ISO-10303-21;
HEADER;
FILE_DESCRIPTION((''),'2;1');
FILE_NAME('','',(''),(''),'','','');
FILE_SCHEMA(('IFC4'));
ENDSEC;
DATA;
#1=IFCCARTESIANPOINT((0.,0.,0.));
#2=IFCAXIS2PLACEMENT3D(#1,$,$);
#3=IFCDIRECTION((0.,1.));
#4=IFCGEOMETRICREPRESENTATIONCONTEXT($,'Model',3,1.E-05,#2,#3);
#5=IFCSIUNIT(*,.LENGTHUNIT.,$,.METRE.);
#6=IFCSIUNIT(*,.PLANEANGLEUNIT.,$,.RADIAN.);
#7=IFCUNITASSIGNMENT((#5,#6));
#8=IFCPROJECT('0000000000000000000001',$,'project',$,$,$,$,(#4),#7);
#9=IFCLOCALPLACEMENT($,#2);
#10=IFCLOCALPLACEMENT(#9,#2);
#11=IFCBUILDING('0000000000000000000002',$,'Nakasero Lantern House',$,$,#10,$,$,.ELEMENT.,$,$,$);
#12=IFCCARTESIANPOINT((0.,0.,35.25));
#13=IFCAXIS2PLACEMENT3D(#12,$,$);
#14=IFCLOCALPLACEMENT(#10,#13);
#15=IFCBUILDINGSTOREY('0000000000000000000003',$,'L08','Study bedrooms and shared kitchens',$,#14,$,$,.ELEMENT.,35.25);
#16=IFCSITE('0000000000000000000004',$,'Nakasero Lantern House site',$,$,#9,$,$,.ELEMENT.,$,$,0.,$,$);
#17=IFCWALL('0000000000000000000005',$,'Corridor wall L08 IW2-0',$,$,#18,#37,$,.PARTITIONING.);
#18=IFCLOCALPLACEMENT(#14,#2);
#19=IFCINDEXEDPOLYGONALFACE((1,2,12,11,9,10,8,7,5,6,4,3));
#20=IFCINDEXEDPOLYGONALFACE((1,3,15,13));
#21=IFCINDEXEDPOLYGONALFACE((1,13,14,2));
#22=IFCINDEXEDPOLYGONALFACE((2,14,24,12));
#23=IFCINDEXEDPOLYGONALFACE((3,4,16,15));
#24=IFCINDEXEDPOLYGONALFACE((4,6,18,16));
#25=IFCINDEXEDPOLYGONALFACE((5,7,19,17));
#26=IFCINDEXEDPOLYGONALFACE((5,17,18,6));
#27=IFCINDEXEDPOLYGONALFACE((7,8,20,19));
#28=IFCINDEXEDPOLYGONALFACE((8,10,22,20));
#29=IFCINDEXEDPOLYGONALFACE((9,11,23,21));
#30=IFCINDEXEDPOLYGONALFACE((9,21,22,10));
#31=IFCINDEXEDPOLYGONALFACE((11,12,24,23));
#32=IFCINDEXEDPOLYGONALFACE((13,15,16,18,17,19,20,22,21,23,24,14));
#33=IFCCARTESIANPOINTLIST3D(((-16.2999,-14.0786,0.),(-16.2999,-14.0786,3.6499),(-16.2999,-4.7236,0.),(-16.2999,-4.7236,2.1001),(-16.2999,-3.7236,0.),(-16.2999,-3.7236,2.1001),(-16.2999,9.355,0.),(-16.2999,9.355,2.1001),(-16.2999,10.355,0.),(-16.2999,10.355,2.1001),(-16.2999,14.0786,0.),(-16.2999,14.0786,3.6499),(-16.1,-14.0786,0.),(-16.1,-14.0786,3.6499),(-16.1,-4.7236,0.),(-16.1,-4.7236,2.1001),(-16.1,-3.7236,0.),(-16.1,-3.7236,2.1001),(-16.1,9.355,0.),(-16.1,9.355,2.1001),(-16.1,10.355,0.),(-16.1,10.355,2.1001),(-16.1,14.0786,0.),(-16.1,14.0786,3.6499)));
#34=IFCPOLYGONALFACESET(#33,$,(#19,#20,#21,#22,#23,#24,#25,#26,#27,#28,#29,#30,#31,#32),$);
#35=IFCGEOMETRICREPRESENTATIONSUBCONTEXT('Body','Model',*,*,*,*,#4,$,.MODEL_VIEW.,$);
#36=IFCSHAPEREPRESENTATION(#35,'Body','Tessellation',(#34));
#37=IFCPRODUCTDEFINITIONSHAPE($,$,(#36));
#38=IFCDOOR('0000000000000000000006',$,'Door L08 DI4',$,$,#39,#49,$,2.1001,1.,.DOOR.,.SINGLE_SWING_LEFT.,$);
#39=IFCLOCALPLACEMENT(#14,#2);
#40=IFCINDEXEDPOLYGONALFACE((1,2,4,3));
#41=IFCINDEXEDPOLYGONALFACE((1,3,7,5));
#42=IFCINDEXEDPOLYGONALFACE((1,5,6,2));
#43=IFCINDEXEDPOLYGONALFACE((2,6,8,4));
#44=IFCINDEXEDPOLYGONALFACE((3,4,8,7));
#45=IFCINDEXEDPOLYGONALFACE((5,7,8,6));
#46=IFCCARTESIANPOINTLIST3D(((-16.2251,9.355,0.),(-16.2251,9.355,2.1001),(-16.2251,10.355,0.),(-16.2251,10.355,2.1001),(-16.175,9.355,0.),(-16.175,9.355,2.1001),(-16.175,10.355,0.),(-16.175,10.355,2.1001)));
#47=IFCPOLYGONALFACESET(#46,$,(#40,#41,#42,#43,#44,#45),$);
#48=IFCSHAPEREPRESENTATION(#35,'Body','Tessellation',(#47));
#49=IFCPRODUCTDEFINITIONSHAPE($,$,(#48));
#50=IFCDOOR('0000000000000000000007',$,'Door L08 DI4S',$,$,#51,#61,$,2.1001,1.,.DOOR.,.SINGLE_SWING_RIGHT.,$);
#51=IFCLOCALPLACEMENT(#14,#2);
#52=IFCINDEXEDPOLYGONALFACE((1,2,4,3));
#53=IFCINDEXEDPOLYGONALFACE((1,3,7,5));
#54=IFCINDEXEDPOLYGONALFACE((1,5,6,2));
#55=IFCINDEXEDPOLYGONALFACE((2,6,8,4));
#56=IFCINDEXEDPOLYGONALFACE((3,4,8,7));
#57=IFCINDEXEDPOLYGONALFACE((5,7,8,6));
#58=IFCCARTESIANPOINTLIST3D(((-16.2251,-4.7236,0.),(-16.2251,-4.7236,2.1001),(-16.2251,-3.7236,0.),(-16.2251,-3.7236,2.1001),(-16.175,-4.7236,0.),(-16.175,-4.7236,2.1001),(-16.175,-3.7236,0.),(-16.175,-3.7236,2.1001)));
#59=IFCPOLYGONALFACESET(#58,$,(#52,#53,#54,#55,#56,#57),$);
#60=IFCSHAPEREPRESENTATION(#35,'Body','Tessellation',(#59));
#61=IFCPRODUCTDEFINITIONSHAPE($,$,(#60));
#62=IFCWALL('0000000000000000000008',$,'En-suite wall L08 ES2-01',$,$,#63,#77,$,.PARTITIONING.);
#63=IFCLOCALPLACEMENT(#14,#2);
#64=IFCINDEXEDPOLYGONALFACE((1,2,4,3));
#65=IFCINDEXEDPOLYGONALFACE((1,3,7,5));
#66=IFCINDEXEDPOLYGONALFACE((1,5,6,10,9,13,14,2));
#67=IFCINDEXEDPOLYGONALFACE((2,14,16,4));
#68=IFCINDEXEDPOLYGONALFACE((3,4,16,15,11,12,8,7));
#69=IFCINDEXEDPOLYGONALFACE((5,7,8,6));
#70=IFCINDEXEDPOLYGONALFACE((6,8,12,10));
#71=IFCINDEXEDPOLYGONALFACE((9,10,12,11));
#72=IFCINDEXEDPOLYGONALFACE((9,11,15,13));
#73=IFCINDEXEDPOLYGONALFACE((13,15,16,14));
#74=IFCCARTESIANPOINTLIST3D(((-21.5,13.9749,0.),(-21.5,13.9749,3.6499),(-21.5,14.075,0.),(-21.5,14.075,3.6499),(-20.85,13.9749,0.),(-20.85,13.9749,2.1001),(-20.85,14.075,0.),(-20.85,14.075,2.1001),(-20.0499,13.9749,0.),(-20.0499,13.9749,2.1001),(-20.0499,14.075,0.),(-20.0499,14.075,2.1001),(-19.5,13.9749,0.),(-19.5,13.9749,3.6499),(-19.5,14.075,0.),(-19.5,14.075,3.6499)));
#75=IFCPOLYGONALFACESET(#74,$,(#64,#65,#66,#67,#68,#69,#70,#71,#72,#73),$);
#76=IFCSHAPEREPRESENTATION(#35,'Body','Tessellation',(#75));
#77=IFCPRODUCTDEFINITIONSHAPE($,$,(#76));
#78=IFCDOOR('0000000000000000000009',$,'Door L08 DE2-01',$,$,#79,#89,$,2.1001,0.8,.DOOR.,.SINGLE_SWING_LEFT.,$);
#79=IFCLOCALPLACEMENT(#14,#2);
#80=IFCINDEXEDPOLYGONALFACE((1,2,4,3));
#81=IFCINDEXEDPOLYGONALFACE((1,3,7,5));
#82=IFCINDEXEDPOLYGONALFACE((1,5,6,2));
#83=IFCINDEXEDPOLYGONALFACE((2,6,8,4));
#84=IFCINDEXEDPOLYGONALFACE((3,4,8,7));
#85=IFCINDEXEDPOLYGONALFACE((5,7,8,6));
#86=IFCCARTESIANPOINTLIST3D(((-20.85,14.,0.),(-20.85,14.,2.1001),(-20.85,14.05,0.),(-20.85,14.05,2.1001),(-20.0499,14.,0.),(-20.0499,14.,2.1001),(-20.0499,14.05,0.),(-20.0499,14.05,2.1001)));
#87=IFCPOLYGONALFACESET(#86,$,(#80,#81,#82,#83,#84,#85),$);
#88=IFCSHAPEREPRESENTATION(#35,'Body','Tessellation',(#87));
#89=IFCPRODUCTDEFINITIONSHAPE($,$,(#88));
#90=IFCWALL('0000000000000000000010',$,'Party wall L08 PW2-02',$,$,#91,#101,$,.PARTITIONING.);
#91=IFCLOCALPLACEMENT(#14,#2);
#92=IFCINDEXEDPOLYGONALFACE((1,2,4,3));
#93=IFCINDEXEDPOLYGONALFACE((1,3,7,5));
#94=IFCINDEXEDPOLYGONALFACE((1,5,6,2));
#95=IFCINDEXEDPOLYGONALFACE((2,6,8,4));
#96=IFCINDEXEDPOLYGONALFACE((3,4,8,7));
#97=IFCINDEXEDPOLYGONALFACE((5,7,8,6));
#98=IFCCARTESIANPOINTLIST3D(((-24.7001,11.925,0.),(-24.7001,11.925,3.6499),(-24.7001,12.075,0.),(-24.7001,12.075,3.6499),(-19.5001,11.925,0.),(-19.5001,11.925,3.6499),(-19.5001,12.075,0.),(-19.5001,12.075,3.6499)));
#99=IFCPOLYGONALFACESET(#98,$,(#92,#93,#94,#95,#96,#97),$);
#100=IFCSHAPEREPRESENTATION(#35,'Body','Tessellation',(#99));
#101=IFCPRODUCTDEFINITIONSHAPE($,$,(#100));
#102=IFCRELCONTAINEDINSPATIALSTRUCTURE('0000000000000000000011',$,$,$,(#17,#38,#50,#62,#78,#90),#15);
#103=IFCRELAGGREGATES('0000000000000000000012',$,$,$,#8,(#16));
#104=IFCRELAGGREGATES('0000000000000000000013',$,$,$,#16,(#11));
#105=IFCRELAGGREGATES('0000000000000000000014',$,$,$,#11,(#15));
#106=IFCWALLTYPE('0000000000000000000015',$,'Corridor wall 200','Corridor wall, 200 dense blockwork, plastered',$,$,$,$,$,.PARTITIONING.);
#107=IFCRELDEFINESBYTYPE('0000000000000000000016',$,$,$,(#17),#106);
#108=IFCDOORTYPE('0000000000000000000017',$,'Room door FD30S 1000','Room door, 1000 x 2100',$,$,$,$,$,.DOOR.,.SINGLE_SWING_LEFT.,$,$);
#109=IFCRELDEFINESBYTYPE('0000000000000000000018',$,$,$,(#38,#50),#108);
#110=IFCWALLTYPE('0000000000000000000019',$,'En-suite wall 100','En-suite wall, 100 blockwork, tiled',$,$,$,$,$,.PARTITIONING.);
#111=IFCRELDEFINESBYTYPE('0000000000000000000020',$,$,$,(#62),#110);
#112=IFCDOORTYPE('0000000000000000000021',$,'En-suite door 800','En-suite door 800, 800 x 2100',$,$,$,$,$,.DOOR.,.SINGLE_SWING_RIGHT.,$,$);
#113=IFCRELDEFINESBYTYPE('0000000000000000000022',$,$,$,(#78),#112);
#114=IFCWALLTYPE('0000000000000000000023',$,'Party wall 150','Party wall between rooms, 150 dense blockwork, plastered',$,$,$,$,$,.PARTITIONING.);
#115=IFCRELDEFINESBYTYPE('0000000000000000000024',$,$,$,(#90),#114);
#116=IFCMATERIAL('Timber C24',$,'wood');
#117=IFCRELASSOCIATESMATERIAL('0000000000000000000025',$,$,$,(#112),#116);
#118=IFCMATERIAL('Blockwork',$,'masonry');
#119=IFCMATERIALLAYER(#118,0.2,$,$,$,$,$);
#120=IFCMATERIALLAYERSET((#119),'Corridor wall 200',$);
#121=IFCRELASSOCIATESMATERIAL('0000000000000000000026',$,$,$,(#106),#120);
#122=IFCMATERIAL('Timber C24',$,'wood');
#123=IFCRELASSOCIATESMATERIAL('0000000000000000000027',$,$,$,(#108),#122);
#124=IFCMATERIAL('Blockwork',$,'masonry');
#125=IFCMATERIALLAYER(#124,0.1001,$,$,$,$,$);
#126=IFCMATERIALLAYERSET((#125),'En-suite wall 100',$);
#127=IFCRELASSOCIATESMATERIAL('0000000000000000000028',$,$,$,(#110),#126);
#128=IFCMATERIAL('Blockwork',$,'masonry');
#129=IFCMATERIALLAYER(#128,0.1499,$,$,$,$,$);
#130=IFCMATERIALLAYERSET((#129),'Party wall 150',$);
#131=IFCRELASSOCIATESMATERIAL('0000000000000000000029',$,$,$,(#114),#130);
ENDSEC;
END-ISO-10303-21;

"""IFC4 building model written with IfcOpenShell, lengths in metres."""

from ifc_helpers import new_model, si_unit, direction, frame, frame_2d, origin, place, context, subcontext, project, spatial, rectangle, extrude, material, layer, layer_set, type_object, element, fill, save


model = new_model("IFC4")

# Units and contexts
model_context = context("Model", 3, precision=1e-05, world=origin(), true_north=direction((0.0, 1.0)))
body_context = subcontext(model_context, "Body", "Model", "MODEL_VIEW")
ifc_project = project(units=[si_unit("LENGTHUNIT", "METRE"), si_unit("PLANEANGLEUNIT", "RADIAN")], contexts=[model_context])

# Site, building, storey
site_placement = place(None, origin())
site = spatial("IfcSite", under=ifc_project, at=site_placement, Name="Nakasero Lantern House site", CompositionType="ELEMENT", RefElevation=0.0)
building_placement = place(site_placement, origin())
building = spatial("IfcBuilding", under=site, at=building_placement, Name="Nakasero Lantern House", CompositionType="ELEMENT")
storey_placement = place(building_placement, frame((0.0, 0.0, 35.25)))
storey = spatial("IfcBuildingStorey", under=building, at=storey_placement, Name="L08", Description="Study bedrooms and shared kitchens", CompositionType="ELEMENT", Elevation=35.25)

# Wall, openings, doors
ifc_material_1 = material(Name="Timber C24", Category="wood")
door_type_1 = type_object("IfcDoorType", Name="En-suite door 800", Description="En-suite door 800, 800 x 2100", OperationType="SINGLE_SWING_RIGHT", PredefinedType="DOOR", material=ifc_material_1)
ifc_material_2 = material(Name="Blockwork", Category="masonry")
ifc_layer_1 = layer(ifc_material_2, 0.2)
ifc_layer_set_1 = layer_set([ifc_layer_1], Name="Corridor wall 200")
wall_type_1 = type_object("IfcWallType", Name="Corridor wall 200", Description="Corridor wall, 200 dense blockwork, plastered", PredefinedType="PARTITIONING", material=ifc_layer_set_1)
wall_1_placement = place(storey_placement, frame((-16.2, 14.0786, 0.0), z_axis=(0.0, 0.0, 1.0), x_axis=(0.0, -1.0, 0.0)))
wall_1 = element("IfcWall", 1, at=wall_1_placement, inside=storey, type_object=wall_type_1, Name="Corridor wall L08 IW2-0", PredefinedType="PARTITIONING", context=body_context, shape_type="SweptSolid", body=[
    extrude(rectangle(XDim=28.1572, YDim=0.2, at=frame_2d((14.0786, 0.0))), origin(), (0.0, 0.0, 1.0), 3.6499),
])
opening_1_placement = place(wall_1_placement, frame((3.7236, 0.0, 0.0)))
opening_1 = element("IfcOpeningElement", 2, at=opening_1_placement, cuts=wall_1, PredefinedType="OPENING", context=body_context, shape_type="SweptSolid", body=[
    extrude(rectangle(XDim=1.0, YDim=2.1001, at=frame_2d((0.5, 1.05))), frame((0.0, 0.1199, 0.0), z_axis=(0.0, -1.0, 0.0), x_axis=(1.0, 0.0, 0.0)), (0.0, 0.0, 1.0), 0.24),
])
opening_2_placement = place(wall_1_placement, frame((17.8022, 0.0, 0.0)))
opening_2 = element("IfcOpeningElement", 3, at=opening_2_placement, cuts=wall_1, PredefinedType="OPENING", context=body_context, shape_type="SweptSolid", body=[
    extrude(rectangle(XDim=1.0, YDim=2.1001, at=frame_2d((0.5, 1.05))), frame((0.0, 0.1199, 0.0), z_axis=(0.0, -1.0, 0.0), x_axis=(1.0, 0.0, 0.0)), (0.0, 0.0, 1.0), 0.24),
])
ifc_material_3 = material(Name="Timber C24", Category="wood")
door_type_2 = type_object("IfcDoorType", Name="Room door FD30S 1000", Description="Room door, 1000 x 2100", OperationType="SINGLE_SWING_LEFT", PredefinedType="DOOR", material=ifc_material_3)
door_1_placement = place(opening_1_placement, origin())
door_1 = element("IfcDoor", 4, at=door_1_placement, inside=storey, type_object=door_type_2, Name="Door L08 DI4", OperationType="SINGLE_SWING_LEFT", OverallHeight=2.1001, OverallWidth=1.0, PredefinedType="DOOR", context=body_context, shape_type="SweptSolid", body=[
    extrude(rectangle(XDim=1.0, YDim=2.1001, at=frame_2d((0.5, 1.05))), frame((0.0, 0.0249, 0.0), z_axis=(0.0, -1.0, 0.0), x_axis=(1.0, 0.0, 0.0)), (0.0, 0.0, 1.0), 0.05),
])
fill(opening_1, door_1)
door_2_placement = place(opening_2_placement, origin())
door_2 = element("IfcDoor", 5, at=door_2_placement, inside=storey, type_object=door_type_2, Name="Door L08 DI4S", OperationType="SINGLE_SWING_RIGHT", OverallHeight=2.1001, OverallWidth=1.0, PredefinedType="DOOR", context=body_context, shape_type="SweptSolid", body=[
    extrude(rectangle(XDim=1.0, YDim=2.1001, at=frame_2d((0.5, 1.05))), frame((0.0, 0.0249, 0.0), z_axis=(0.0, -1.0, 0.0), x_axis=(1.0, 0.0, 0.0)), (0.0, 0.0, 1.0), 0.05),
])
fill(opening_2, door_2)

# Wall, opening, door
ifc_material_4 = material(Name="Blockwork", Category="masonry")
ifc_layer_2 = layer(ifc_material_4, 0.1001)
ifc_layer_set_2 = layer_set([ifc_layer_2], Name="En-suite wall 100")
wall_type_2 = type_object("IfcWallType", Name="En-suite wall 100", Description="En-suite wall, 100 blockwork, tiled", PredefinedType="PARTITIONING", material=ifc_layer_set_2)
wall_2_placement = place(storey_placement, frame((-19.5, 14.0249, 0.0), z_axis=(0.0, 0.0, 1.0), x_axis=(-1.0, 0.0, 0.0)))
wall_2 = element("IfcWall", 6, at=wall_2_placement, inside=storey, type_object=wall_type_2, Name="En-suite wall L08 ES2-01", PredefinedType="PARTITIONING", context=body_context, shape_type="SweptSolid", body=[
    extrude(rectangle(XDim=2.0, YDim=0.1001, at=frame_2d((1.0, 0.0))), origin(), (0.0, 0.0, 1.0), 3.6499),
])
opening_3_placement = place(wall_2_placement, frame((0.55, 0.0, 0.0)))
opening_3 = element("IfcOpeningElement", 7, at=opening_3_placement, cuts=wall_2, PredefinedType="OPENING", context=body_context, shape_type="SweptSolid", body=[
    extrude(rectangle(XDim=0.8, YDim=2.1001, at=frame_2d((0.3999, 1.05))), frame((0.0, 0.0701, 0.0), z_axis=(0.0, -1.0, 0.0), x_axis=(1.0, 0.0, 0.0)), (0.0, 0.0, 1.0), 0.1401),
])
door_3_placement = place(opening_3_placement, origin())
door_3 = element("IfcDoor", 8, at=door_3_placement, inside=storey, type_object=door_type_1, Name="Door L08 DE2-01", OperationType="SINGLE_SWING_LEFT", OverallHeight=2.1001, OverallWidth=0.8, PredefinedType="DOOR", context=body_context, shape_type="SweptSolid", body=[
    extrude(rectangle(XDim=0.8, YDim=2.1001, at=frame_2d((0.3999, 1.05))), frame((0.0, 0.0249, 0.0), z_axis=(0.0, -1.0, 0.0), x_axis=(1.0, 0.0, 0.0)), (0.0, 0.0, 1.0), 0.05),
])
fill(opening_3, door_3)

# Wall
ifc_material_5 = material(Name="Blockwork", Category="masonry")
ifc_layer_3 = layer(ifc_material_5, 0.1499)
ifc_layer_set_3 = layer_set([ifc_layer_3], Name="Party wall 150")
wall_type_3 = type_object("IfcWallType", Name="Party wall 150", Description="Party wall between rooms, 150 dense blockwork, plastered", PredefinedType="PARTITIONING", material=ifc_layer_set_3)
wall_3_placement = place(storey_placement, frame((-19.5, 12.0, 0.0), z_axis=(0.0, 0.0, 1.0), x_axis=(-1.0, 0.0, 0.0)))
element("IfcWall", 9, at=wall_3_placement, inside=storey, type_object=wall_type_3, Name="Party wall L08 PW2-02", PredefinedType="PARTITIONING", context=body_context, shape_type="SweptSolid", body=[
    extrude(rectangle(XDim=5.2, YDim=0.1499, at=frame_2d((2.6001, 0.0))), origin(), (0.0, 0.0, 1.0), 3.6499),
])

save(model, "model.ifc")
